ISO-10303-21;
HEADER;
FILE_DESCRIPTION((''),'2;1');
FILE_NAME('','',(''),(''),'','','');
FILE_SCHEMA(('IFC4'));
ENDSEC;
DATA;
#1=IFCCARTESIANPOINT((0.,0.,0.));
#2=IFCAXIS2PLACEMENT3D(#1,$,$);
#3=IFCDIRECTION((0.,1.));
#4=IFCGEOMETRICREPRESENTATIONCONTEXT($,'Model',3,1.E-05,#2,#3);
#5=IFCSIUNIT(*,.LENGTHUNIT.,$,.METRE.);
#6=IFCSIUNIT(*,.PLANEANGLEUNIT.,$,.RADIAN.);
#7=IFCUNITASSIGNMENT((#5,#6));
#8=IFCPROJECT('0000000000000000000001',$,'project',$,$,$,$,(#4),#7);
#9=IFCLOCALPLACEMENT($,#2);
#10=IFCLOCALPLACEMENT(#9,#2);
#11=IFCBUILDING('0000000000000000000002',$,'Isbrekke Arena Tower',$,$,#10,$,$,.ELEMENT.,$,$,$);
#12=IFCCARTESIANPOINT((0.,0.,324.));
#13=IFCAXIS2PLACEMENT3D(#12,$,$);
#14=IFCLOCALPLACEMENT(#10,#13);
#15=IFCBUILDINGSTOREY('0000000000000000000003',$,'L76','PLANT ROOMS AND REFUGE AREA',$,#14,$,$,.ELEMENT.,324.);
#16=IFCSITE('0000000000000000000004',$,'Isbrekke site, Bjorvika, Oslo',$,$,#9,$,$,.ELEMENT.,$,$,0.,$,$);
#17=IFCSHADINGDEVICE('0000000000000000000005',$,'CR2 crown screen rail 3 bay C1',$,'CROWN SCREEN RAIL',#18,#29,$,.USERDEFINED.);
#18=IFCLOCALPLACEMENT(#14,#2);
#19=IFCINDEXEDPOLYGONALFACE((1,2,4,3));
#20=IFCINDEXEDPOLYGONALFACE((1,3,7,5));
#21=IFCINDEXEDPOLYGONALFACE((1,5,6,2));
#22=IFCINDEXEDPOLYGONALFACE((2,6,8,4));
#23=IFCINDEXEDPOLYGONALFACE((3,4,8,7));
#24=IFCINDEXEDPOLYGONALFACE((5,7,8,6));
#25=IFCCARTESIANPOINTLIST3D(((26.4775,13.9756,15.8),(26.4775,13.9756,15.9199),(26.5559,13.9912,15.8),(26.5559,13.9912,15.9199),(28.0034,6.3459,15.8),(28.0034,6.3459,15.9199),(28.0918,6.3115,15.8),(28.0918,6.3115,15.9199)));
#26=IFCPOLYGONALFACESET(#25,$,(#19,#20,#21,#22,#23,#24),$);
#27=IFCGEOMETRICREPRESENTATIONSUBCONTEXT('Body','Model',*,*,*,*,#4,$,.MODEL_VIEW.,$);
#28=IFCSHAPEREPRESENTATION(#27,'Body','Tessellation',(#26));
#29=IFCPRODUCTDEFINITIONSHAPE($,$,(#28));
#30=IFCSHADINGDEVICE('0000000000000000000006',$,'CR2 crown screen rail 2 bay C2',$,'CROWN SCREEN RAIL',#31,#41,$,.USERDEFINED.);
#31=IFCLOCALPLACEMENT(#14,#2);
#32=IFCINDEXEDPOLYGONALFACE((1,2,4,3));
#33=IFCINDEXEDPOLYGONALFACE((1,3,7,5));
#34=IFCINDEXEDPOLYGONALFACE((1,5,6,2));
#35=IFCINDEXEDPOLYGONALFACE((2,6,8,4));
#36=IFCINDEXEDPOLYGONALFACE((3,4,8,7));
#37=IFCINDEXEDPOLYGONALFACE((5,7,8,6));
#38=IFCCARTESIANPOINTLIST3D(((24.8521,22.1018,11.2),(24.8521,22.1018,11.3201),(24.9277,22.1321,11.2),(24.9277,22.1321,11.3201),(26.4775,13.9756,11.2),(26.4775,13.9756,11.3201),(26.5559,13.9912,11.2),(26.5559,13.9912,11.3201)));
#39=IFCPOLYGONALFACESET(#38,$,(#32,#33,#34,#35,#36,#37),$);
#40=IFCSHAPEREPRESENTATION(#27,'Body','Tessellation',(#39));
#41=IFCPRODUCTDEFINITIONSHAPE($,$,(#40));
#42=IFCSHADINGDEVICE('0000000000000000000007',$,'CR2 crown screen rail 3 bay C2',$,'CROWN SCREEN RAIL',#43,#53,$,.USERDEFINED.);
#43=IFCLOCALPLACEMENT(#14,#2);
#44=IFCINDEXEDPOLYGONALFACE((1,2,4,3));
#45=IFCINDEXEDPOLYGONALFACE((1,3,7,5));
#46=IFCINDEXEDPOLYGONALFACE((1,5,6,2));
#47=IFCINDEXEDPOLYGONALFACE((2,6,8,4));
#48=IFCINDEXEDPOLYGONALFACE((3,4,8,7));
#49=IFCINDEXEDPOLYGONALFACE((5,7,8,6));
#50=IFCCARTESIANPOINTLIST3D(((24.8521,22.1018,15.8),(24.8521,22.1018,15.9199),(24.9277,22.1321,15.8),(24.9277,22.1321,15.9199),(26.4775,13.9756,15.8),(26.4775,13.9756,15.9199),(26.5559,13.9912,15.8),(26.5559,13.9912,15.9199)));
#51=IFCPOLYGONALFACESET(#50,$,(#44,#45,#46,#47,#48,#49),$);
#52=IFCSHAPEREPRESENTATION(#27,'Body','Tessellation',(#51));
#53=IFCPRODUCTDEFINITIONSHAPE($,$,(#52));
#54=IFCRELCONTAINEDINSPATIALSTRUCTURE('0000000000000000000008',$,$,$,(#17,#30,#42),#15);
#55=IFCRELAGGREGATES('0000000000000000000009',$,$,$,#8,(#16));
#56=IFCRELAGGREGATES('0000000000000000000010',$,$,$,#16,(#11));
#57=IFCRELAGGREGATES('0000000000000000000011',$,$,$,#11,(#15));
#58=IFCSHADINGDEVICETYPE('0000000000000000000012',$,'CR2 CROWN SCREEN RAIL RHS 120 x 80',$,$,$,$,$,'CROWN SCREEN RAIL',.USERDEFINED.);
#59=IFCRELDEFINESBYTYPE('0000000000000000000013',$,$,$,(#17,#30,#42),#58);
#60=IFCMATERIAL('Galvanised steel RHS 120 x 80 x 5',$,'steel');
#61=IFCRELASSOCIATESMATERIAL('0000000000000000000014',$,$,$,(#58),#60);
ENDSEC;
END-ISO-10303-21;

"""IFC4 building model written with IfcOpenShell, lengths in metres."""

from ifc_helpers import new_model, si_unit, direction, frame, origin, place, context, subcontext, project, spatial, polyline, outline, extrude, material, type_object, element, save


model = new_model("IFC4")

# Units and contexts
model_context = context("Model", 3, precision=1e-05, world=origin(), true_north=direction((0.0, 1.0)))
body_context = subcontext(model_context, "Body", "Model", "MODEL_VIEW")
ifc_project = project(units=[si_unit("LENGTHUNIT", "METRE"), si_unit("PLANEANGLEUNIT", "RADIAN")], contexts=[model_context])

# Site, building, storey
site_placement = place(None, origin())
site = spatial("IfcSite", under=ifc_project, at=site_placement, Name="Isbrekke site, Bjorvika, Oslo", CompositionType="ELEMENT", RefElevation=0.0)
building_placement = place(site_placement, origin())
building = spatial("IfcBuilding", under=site, at=building_placement, Name="Isbrekke Arena Tower", CompositionType="ELEMENT")
storey_placement = place(building_placement, frame((0.0, 0.0, 324.0)))
storey = spatial("IfcBuildingStorey", under=building, at=storey_placement, Name="L76", Description="PLANT ROOMS AND REFUGE AREA", CompositionType="ELEMENT", Elevation=324.0)

# Shading devices
ifc_material_1 = material(Name="Galvanised steel RHS 120 x 80 x 5", Category="steel")
shading_device_type_1 = type_object("IfcShadingDeviceType", Name="CR2 CROWN SCREEN RAIL RHS 120 x 80", ElementType="CROWN SCREEN RAIL", PredefinedType="USERDEFINED", material=ifc_material_1)
shading_device_1_placement = place(storey_placement, frame((0.0, 0.0, 15.8)))
element("IfcShadingDevice", 1, at=shading_device_1_placement, inside=storey, type_object=shading_device_type_1, Name="CR2 crown screen rail 3 bay C1", ObjectType="CROWN SCREEN RAIL", PredefinedType="USERDEFINED", context=body_context, shape_type="SweptSolid", body=[
    extrude(outline(polyline([(28.0034, 6.3459), (26.4775, 13.9756), (26.5559, 13.9912), (28.0918, 6.3115), (28.0034, 6.3459)])), origin(), (0.0, 0.0, 1.0), 0.1199),
])
shading_device_2_placement = place(storey_placement, frame((0.0, 0.0, 11.2)))
element("IfcShadingDevice", 2, at=shading_device_2_placement, inside=storey, type_object=shading_device_type_1, Name="CR2 crown screen rail 2 bay C2", ObjectType="CROWN SCREEN RAIL", PredefinedType="USERDEFINED", context=body_context, shape_type="SweptSolid", body=[
    extrude(outline(polyline([(26.4775, 13.9756), (24.8521, 22.1018), (24.9277, 22.1321), (26.5559, 13.9912), (26.4775, 13.9756)])), origin(), (0.0, 0.0, 1.0), 0.1201),
])
shading_device_3_placement = place(storey_placement, frame((0.0, 0.0, 15.8)))
element("IfcShadingDevice", 3, at=shading_device_3_placement, inside=storey, type_object=shading_device_type_1, Name="CR2 crown screen rail 3 bay C2", ObjectType="CROWN SCREEN RAIL", PredefinedType="USERDEFINED", context=body_context, shape_type="SweptSolid", body=[
    extrude(outline(polyline([(26.4775, 13.9756), (24.8521, 22.1018), (24.9277, 22.1321), (26.5559, 13.9912), (26.4775, 13.9756)])), origin(), (0.0, 0.0, 1.0), 0.1199),
])

save(model, "model.ifc")
